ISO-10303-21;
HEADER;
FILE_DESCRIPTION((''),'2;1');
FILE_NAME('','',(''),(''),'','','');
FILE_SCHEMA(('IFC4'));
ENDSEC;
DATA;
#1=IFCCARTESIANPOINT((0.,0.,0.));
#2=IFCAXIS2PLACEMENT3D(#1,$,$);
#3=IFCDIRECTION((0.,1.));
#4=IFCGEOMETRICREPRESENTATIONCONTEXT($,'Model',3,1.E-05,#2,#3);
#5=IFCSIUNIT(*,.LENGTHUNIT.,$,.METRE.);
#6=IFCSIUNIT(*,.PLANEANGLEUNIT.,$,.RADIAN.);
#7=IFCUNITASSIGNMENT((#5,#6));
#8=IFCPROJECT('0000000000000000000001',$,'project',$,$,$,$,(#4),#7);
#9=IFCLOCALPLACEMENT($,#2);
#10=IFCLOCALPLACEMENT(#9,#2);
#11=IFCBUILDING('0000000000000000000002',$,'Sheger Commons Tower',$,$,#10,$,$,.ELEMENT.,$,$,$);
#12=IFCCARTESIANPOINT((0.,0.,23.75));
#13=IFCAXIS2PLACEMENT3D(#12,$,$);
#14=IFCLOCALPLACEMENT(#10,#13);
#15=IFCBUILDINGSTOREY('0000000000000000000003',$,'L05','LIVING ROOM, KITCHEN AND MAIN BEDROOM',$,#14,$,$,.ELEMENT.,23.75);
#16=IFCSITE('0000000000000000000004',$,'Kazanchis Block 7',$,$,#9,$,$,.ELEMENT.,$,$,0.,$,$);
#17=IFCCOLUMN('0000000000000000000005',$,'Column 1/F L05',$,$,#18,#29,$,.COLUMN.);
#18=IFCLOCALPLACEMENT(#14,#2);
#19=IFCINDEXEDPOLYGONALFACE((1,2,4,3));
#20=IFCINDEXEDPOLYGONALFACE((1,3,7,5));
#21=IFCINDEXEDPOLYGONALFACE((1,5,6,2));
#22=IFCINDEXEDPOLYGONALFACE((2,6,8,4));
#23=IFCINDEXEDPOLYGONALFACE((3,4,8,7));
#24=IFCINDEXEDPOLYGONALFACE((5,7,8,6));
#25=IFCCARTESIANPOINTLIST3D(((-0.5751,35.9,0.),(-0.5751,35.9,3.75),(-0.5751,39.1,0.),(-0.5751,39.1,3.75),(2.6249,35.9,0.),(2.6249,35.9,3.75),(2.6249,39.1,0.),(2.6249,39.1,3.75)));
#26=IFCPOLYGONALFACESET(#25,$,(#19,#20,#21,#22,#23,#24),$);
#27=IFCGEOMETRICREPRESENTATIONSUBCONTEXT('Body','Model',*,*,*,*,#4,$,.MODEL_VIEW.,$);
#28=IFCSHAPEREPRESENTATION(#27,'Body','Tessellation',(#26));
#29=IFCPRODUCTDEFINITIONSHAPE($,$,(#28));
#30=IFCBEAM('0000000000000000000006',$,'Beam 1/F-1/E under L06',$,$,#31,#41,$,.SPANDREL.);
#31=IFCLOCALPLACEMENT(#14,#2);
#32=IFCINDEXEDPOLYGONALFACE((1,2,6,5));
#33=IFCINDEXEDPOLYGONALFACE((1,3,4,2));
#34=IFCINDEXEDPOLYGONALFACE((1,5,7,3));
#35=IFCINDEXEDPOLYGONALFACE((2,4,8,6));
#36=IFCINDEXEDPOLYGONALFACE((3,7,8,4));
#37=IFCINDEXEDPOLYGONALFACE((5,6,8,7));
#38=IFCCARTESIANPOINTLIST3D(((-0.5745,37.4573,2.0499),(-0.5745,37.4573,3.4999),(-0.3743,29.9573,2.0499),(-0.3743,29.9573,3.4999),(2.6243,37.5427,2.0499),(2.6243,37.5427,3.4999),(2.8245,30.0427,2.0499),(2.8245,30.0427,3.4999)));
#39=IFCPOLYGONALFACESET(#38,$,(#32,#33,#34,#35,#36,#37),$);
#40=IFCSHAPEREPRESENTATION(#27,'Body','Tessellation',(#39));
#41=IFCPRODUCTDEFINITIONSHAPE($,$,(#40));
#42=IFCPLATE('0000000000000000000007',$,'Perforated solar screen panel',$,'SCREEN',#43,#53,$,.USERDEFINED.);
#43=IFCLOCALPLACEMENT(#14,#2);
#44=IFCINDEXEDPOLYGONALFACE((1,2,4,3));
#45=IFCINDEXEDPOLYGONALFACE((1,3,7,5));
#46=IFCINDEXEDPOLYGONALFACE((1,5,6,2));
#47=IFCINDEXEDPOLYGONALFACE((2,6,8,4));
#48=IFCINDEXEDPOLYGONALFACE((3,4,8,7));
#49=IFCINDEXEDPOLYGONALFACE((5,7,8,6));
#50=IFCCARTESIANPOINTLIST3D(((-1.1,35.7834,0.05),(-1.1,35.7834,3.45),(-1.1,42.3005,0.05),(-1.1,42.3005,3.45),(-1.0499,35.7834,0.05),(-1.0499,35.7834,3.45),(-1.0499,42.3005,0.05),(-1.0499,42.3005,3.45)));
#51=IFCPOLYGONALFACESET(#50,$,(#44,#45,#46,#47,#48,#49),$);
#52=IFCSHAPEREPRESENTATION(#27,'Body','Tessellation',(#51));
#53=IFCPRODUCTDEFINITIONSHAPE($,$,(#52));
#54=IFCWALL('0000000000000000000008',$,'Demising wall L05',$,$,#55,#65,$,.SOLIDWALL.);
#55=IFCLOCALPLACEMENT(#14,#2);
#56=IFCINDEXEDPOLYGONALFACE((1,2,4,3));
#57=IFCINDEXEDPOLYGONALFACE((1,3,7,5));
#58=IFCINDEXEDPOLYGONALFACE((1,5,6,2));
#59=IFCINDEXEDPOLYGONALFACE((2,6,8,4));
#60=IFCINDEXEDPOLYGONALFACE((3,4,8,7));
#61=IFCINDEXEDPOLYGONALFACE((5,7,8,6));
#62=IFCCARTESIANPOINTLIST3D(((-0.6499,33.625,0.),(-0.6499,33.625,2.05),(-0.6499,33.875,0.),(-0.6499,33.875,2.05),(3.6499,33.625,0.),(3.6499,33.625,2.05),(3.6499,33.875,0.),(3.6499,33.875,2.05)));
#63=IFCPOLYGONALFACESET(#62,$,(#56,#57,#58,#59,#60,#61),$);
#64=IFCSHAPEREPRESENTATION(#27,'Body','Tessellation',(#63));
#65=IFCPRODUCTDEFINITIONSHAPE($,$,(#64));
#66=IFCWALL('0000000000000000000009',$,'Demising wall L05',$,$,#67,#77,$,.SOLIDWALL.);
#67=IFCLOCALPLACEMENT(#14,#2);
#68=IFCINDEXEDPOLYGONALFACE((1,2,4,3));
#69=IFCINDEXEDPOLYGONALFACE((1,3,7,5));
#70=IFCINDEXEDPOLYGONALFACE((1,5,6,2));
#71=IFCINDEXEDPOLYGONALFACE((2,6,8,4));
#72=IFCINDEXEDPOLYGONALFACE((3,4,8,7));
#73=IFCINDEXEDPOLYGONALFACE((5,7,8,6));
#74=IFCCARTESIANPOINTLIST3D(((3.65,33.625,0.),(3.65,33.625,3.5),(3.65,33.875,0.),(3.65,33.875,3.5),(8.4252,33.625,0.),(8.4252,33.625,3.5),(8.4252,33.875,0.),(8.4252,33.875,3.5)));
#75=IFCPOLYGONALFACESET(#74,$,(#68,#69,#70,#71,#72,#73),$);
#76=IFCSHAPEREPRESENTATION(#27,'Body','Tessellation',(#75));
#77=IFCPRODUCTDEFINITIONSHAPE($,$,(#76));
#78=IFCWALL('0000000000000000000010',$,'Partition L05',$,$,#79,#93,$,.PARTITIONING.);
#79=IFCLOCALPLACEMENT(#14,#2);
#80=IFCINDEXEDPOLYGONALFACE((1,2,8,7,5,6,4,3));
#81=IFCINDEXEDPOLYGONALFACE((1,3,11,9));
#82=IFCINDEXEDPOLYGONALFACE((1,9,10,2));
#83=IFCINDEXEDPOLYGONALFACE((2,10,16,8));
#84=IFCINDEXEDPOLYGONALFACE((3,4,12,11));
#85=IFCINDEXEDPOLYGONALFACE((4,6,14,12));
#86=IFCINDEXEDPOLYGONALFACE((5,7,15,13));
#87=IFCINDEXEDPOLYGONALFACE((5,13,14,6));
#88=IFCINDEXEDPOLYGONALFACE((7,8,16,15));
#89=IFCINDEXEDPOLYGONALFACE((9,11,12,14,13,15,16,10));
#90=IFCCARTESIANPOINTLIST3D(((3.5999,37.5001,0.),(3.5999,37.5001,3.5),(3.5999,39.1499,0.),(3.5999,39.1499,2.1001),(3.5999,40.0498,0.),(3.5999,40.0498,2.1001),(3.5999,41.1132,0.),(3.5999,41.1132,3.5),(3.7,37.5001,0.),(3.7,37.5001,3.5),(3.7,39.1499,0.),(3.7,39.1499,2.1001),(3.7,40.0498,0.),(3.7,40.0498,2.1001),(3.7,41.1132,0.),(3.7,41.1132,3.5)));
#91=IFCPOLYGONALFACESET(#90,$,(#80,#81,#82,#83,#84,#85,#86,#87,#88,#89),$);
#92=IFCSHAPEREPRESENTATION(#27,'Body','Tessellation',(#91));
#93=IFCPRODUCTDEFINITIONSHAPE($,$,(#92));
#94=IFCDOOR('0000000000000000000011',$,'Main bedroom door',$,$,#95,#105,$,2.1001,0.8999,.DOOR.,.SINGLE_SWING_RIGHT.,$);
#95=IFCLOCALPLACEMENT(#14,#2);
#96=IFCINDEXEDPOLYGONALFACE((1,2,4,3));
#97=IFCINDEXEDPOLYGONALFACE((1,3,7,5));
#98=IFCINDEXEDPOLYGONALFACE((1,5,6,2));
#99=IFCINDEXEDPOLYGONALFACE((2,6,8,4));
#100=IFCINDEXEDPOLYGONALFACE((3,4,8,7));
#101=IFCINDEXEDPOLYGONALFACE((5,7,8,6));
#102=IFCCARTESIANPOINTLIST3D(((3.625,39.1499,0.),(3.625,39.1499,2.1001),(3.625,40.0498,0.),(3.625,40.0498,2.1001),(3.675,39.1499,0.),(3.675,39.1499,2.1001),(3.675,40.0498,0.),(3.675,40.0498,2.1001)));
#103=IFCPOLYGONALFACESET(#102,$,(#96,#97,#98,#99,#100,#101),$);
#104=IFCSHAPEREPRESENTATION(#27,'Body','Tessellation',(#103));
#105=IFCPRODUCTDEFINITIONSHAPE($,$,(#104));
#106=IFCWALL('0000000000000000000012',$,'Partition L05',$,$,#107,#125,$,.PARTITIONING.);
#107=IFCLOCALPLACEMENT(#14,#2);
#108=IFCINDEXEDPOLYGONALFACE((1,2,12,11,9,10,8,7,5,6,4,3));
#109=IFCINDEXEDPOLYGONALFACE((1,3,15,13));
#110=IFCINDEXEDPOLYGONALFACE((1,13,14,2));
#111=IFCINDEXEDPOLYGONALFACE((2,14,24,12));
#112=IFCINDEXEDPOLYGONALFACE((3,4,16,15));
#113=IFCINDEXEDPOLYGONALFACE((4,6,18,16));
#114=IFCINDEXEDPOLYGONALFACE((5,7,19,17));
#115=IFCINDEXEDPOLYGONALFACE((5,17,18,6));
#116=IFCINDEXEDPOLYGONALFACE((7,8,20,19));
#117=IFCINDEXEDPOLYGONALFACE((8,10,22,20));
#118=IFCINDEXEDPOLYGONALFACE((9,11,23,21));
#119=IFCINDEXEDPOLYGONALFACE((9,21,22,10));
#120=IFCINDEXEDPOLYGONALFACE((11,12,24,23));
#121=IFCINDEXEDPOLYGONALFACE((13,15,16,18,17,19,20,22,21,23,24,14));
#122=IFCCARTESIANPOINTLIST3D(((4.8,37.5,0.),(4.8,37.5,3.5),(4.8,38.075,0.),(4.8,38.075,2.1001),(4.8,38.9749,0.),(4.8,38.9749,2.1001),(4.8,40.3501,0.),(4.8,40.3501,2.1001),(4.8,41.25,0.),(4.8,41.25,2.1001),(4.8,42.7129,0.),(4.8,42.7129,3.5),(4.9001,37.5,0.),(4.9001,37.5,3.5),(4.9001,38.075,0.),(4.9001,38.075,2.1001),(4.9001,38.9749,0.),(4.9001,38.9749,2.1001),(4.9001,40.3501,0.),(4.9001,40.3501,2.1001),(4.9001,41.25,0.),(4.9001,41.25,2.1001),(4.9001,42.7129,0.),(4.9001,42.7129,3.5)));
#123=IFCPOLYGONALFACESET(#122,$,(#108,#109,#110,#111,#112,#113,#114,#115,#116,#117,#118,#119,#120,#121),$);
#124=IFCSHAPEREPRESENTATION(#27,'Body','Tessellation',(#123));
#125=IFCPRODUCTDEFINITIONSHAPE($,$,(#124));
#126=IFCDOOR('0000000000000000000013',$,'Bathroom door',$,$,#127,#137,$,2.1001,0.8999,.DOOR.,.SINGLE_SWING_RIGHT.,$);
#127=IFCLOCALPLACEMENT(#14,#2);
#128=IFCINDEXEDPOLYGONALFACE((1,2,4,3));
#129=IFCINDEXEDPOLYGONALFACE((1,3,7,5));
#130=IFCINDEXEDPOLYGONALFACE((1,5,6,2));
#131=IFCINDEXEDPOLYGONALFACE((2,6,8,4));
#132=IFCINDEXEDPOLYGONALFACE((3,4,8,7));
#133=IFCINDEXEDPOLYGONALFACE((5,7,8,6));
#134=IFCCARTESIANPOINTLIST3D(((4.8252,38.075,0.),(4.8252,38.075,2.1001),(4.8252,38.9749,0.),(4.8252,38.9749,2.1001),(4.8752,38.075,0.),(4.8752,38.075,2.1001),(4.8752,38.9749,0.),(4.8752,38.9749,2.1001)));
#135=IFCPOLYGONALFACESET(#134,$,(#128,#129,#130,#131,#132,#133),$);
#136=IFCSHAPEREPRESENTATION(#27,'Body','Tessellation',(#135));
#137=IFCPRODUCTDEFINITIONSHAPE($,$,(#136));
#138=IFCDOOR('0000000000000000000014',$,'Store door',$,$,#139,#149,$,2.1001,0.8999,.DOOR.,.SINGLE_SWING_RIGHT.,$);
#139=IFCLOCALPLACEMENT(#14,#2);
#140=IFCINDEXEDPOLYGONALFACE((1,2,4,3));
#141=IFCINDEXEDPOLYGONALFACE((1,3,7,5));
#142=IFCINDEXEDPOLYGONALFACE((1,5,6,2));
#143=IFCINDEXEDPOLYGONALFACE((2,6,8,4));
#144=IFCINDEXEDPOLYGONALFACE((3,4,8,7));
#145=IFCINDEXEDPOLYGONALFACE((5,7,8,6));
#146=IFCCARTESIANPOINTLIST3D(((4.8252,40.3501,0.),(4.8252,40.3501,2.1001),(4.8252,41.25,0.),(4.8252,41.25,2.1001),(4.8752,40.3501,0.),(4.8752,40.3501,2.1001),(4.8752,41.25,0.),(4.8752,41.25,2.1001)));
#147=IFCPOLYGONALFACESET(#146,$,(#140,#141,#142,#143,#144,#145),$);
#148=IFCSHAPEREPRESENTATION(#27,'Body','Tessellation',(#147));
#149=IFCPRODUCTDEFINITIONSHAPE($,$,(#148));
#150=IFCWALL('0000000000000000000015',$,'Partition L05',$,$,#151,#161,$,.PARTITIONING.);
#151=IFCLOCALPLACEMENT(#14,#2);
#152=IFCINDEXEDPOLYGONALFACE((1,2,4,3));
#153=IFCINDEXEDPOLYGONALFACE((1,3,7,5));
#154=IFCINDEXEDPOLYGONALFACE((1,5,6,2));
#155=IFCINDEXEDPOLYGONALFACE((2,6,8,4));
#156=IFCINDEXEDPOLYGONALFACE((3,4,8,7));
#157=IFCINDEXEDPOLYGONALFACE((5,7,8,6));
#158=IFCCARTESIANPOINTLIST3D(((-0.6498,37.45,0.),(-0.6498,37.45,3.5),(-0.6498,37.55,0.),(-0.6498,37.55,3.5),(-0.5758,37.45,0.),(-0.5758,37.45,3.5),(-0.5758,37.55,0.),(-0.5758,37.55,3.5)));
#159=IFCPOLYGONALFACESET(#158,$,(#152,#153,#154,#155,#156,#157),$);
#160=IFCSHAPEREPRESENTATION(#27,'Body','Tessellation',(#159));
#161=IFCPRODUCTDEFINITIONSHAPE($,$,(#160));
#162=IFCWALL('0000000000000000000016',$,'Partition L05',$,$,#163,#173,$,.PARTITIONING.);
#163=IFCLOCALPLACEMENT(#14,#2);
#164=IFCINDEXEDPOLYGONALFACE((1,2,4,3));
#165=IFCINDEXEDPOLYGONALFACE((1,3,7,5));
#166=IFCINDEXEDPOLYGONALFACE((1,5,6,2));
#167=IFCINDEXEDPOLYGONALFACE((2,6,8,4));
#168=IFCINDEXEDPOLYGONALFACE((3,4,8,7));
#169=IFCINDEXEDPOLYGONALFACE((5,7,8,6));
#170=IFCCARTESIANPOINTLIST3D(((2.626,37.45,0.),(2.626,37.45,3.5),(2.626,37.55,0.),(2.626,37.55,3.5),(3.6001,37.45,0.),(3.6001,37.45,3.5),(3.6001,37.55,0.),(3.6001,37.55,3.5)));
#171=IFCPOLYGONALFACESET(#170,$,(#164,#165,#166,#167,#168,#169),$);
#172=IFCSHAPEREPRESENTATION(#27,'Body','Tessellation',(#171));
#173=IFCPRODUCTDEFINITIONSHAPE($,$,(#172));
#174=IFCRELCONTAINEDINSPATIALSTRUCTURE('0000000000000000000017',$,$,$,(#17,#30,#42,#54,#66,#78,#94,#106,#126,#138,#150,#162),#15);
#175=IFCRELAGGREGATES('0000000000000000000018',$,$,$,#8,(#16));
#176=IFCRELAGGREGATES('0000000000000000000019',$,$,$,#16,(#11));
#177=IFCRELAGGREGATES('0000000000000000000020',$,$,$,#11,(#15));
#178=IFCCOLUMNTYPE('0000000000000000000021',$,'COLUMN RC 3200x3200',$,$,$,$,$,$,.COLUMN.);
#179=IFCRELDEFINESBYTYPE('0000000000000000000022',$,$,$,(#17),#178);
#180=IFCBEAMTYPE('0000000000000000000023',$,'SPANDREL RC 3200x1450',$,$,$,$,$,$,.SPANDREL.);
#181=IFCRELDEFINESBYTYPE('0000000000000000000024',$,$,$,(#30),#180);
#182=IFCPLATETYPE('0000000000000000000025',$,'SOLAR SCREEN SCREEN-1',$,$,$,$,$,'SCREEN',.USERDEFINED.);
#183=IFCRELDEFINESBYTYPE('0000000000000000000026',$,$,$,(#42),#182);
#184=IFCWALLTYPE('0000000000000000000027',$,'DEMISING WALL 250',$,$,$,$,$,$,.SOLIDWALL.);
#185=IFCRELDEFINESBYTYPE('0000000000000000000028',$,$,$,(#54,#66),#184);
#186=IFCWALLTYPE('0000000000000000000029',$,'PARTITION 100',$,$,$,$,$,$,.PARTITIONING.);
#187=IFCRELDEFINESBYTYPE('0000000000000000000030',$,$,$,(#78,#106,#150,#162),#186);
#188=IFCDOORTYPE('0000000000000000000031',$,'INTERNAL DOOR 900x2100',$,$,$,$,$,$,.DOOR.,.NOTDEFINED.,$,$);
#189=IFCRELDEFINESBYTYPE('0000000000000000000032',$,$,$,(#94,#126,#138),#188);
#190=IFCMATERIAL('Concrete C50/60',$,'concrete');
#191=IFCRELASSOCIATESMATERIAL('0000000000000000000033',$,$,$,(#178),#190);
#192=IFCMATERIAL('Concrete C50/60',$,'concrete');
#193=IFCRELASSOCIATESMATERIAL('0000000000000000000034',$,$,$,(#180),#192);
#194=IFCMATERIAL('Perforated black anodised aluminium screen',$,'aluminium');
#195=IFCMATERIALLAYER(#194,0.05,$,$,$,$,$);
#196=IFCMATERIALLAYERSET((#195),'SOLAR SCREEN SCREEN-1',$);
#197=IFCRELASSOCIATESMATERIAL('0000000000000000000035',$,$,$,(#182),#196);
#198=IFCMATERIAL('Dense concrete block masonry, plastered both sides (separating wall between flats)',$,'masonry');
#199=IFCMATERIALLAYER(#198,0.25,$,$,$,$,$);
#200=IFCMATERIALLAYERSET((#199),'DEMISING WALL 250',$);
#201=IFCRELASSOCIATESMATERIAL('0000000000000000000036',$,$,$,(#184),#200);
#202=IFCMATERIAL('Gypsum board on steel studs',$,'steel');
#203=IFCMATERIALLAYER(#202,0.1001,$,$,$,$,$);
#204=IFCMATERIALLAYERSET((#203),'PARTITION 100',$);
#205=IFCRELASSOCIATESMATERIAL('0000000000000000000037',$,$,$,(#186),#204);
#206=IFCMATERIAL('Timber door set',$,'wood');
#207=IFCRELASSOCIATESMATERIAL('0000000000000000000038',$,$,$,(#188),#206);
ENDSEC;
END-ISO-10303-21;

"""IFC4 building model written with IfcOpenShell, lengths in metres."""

from ifc_helpers import new_model, si_unit, direction, frame, frame_2d, origin, origin_2d, place, context, subcontext, project, spatial, rectangle, extrude, material, layer, layer_set, material_profile, profile_set, type_object, element, fill, save


model = new_model("IFC4")

# Units and contexts
model_context = context("Model", 3, precision=1e-05, world=origin(), true_north=direction((0.0, 1.0)))
body_context = subcontext(model_context, "Body", "Model", "MODEL_VIEW")
ifc_project = project(units=[si_unit("LENGTHUNIT", "METRE"), si_unit("PLANEANGLEUNIT", "RADIAN")], contexts=[model_context])

# Site, building, storey
site_placement = place(None, origin())
site = spatial("IfcSite", under=ifc_project, at=site_placement, Name="Kazanchis Block 7", CompositionType="ELEMENT", RefElevation=0.0)
building_placement = place(site_placement, origin())
building = spatial("IfcBuilding", under=site, at=building_placement, Name="Sheger Commons Tower", CompositionType="ELEMENT")
storey_placement = place(building_placement, frame((0.0, 0.0, 23.75)))
storey = spatial("IfcBuildingStorey", under=building, at=storey_placement, Name="L05", Description="LIVING ROOM, KITCHEN AND MAIN BEDROOM", CompositionType="ELEMENT", Elevation=23.75)

# Column
ifc_material_1 = material(Name="Concrete C50/60", Category="concrete")
ifc_material_profile_1 = material_profile(ifc_material_1, rectangle(XDim=3.2, YDim=3.2, at=origin_2d()), Name="RC 3200x3200")
ifc_profile_set_1 = profile_set([ifc_material_profile_1], Name="Concrete C50/60")
column_type = type_object("IfcColumnType", Name="COLUMN RC 3200x3200", PredefinedType="COLUMN", material=ifc_profile_set_1)
column_placement = place(storey_placement, frame((1.0249, 37.5, 0.0), z_axis=(0.0, 0.0, 1.0), x_axis=(1.0, 0.0, 0.0)))
element("IfcColumn", 1, at=column_placement, inside=storey, type_object=column_type, Name="Column 1/F L05", PredefinedType="COLUMN", context=body_context, shape_type="SweptSolid", body=[
    extrude(rectangle(XDim=3.2, YDim=3.2, at=origin_2d()), origin(), (0.0, 0.0, 1.0), 3.75),
])

# Beam
ifc_material_2 = material(Name="Concrete C50/60", Category="concrete")
ifc_material_profile_2 = material_profile(ifc_material_2, rectangle(XDim=3.2, YDim=1.45, at=origin_2d()), Name="RC 3200x1450")
ifc_profile_set_2 = profile_set([ifc_material_profile_2], Name="Concrete C50/60")
beam_type = type_object("IfcBeamType", Name="SPANDREL RC 3200x1450", PredefinedType="SPANDREL", material=ifc_profile_set_2)
beam_placement = place(storey_placement, frame((1.0249, 37.5, 2.7749), z_axis=(0.026683, -0.999644, 0.0), x_axis=(0.999644, 0.026683, 0.0)))
element("IfcBeam", 2, at=beam_placement, inside=storey, type_object=beam_type, Name="Beam 1/F-1/E under L06", PredefinedType="SPANDREL", context=body_context, shape_type="SweptSolid", body=[
    extrude(rectangle(XDim=3.2, YDim=1.45, at=origin_2d()), origin(), (0.0, 0.0, 1.0), 7.5027),
])

# Plate
ifc_material_3 = material(Name="Perforated black anodised aluminium screen", Category="aluminium")
ifc_layer_1 = layer(ifc_material_3, 0.05)
ifc_layer_set_1 = layer_set([ifc_layer_1], Name="SOLAR SCREEN SCREEN-1")
plate_type = type_object("IfcPlateType", Name="SOLAR SCREEN SCREEN-1", ElementType="SCREEN", PredefinedType="USERDEFINED", material=ifc_layer_set_1)
plate_placement = place(storey_placement, frame((-1.075, 39.042, 0.05), z_axis=(0.0, 0.0, 1.0), x_axis=(0.0, -1.0, 0.0)))
element("IfcPlate", 3, at=plate_placement, inside=storey, type_object=plate_type, Name="Perforated solar screen panel", ObjectType="SCREEN", PredefinedType="USERDEFINED", context=body_context, shape_type="SweptSolid", body=[
    extrude(rectangle(XDim=6.5171, YDim=0.05, at=origin_2d()), origin(), (0.0, 0.0, 1.0), 3.3999),
])

# Walls
ifc_material_4 = material(Name="Dense concrete block masonry, plastered both sides (separating wall between flats)", Category="masonry")
ifc_layer_2 = layer(ifc_material_4, 0.25)
ifc_layer_set_2 = layer_set([ifc_layer_2], Name="DEMISING WALL 250")
wall_type_1 = type_object("IfcWallType", Name="DEMISING WALL 250", PredefinedType="SOLIDWALL", material=ifc_layer_set_2)
wall_1_placement = place(storey_placement, frame((-0.6499, 33.75, 0.0), z_axis=(0.0, 0.0, 1.0), x_axis=(1.0, 0.0, 0.0)))
element("IfcWall", 4, at=wall_1_placement, inside=storey, type_object=wall_type_1, Name="Demising wall L05", PredefinedType="SOLIDWALL", context=body_context, shape_type="SweptSolid", body=[
    extrude(rectangle(XDim=4.2998, YDim=0.25, at=frame_2d((2.1499, 0.0))), origin(), (0.0, 0.0, 1.0), 2.05),
])
wall_2_placement = place(storey_placement, frame((3.6499, 33.75, 0.0), z_axis=(0.0, 0.0, 1.0), x_axis=(1.0, 0.0, 0.0)))
element("IfcWall", 5, at=wall_2_placement, inside=storey, type_object=wall_type_1, Name="Demising wall L05", PredefinedType="SOLIDWALL", context=body_context, shape_type="SweptSolid", body=[
    extrude(rectangle(XDim=4.7751, YDim=0.25, at=frame_2d((2.3877, 0.0))), origin(), (0.0, 0.0, 1.0), 3.5),
])

# Wall, opening, door
ifc_material_5 = material(Name="Gypsum board on steel studs", Category="steel")
ifc_layer_3 = layer(ifc_material_5, 0.1001)
ifc_layer_set_3 = layer_set([ifc_layer_3], Name="PARTITION 100")
wall_type_2 = type_object("IfcWallType", Name="PARTITION 100", PredefinedType="PARTITIONING", material=ifc_layer_set_3)
wall_3_placement = place(storey_placement, frame((3.6499, 37.5, 0.0), z_axis=(0.0, 0.0, 1.0), x_axis=(0.0, 1.0, 0.0)))
wall_3 = element("IfcWall", 6, at=wall_3_placement, inside=storey, type_object=wall_type_2, Name="Partition L05", PredefinedType="PARTITIONING", context=body_context, shape_type="SweptSolid", body=[
    extrude(rectangle(XDim=3.613, YDim=0.1001, at=frame_2d((1.8066, 0.0))), origin(), (0.0, 0.0, 1.0), 3.5),
])
opening_1_placement = place(wall_3_placement, frame((1.6499, 0.0, 0.0)))
opening_1 = element("IfcOpeningElement", 7, at=opening_1_placement, cuts=wall_3, PredefinedType="OPENING", context=body_context, shape_type="SweptSolid", body=[
    extrude(rectangle(XDim=0.8999, YDim=2.1001, at=frame_2d((0.45, 1.05))), frame((0.0, 0.0601, 0.0), z_axis=(0.0, -1.0, 0.0), x_axis=(1.0, 0.0, 0.0)), (0.0, 0.0, 1.0), 0.1201),
])
ifc_material_6 = material(Name="Timber door set", Category="wood")
door_type = type_object("IfcDoorType", Name="INTERNAL DOOR 900x2100", OperationType="NOTDEFINED", PredefinedType="DOOR", material=ifc_material_6)
door_1_placement = place(opening_1_placement, origin())
door_1 = element("IfcDoor", 8, at=door_1_placement, inside=storey, type_object=door_type, Name="Main bedroom door", OperationType="SINGLE_SWING_RIGHT", OverallHeight=2.1001, OverallWidth=0.8999, PredefinedType="DOOR", context=body_context, shape_type="SweptSolid", body=[
    extrude(rectangle(XDim=0.8999, YDim=2.1001, at=frame_2d((0.45, 1.05))), frame((0.0, 0.0249, 0.0), z_axis=(0.0, -1.0, 0.0), x_axis=(1.0, 0.0, 0.0)), (0.0, 0.0, 1.0), 0.05),
])
fill(opening_1, door_1)

# Wall, openings, doors
wall_4_placement = place(storey_placement, frame((4.8501, 37.5, 0.0), z_axis=(0.0, 0.0, 1.0), x_axis=(0.0, 1.0, 0.0)))
wall_4 = element("IfcWall", 9, at=wall_4_placement, inside=storey, type_object=wall_type_2, Name="Partition L05", PredefinedType="PARTITIONING", context=body_context, shape_type="SweptSolid", body=[
    extrude(rectangle(XDim=5.2129, YDim=0.1001, at=frame_2d((2.6064, 0.0))), origin(), (0.0, 0.0, 1.0), 3.5),
])
opening_2_placement = place(wall_4_placement, frame((0.575, 0.0, 0.0)))
opening_2 = element("IfcOpeningElement", 10, at=opening_2_placement, cuts=wall_4, PredefinedType="OPENING", context=body_context, shape_type="SweptSolid", body=[
    extrude(rectangle(XDim=0.8999, YDim=2.1001, at=frame_2d((0.45, 1.05))), frame((0.0, 0.0601, 0.0), z_axis=(0.0, -1.0, 0.0), x_axis=(1.0, 0.0, 0.0)), (0.0, 0.0, 1.0), 0.1201),
])
opening_3_placement = place(wall_4_placement, frame((2.8501, 0.0, 0.0)))
opening_3 = element("IfcOpeningElement", 11, at=opening_3_placement, cuts=wall_4, PredefinedType="OPENING", context=body_context, shape_type="SweptSolid", body=[
    extrude(rectangle(XDim=0.8999, YDim=2.1001, at=frame_2d((0.45, 1.05))), frame((0.0, 0.0601, 0.0), z_axis=(0.0, -1.0, 0.0), x_axis=(1.0, 0.0, 0.0)), (0.0, 0.0, 1.0), 0.1201),
])
door_2_placement = place(opening_2_placement, origin())
door_2 = element("IfcDoor", 12, at=door_2_placement, inside=storey, type_object=door_type, Name="Bathroom door", OperationType="SINGLE_SWING_RIGHT", OverallHeight=2.1001, OverallWidth=0.8999, PredefinedType="DOOR", context=body_context, shape_type="SweptSolid", body=[
    extrude(rectangle(XDim=0.8999, YDim=2.1001, at=frame_2d((0.45, 1.05))), frame((0.0, 0.0249, 0.0), z_axis=(0.0, -1.0, 0.0), x_axis=(1.0, 0.0, 0.0)), (0.0, 0.0, 1.0), 0.05),
])
fill(opening_2, door_2)
door_3_placement = place(opening_3_placement, origin())
door_3 = element("IfcDoor", 13, at=door_3_placement, inside=storey, type_object=door_type, Name="Store door", OperationType="SINGLE_SWING_RIGHT", OverallHeight=2.1001, OverallWidth=0.8999, PredefinedType="DOOR", context=body_context, shape_type="SweptSolid", body=[
    extrude(rectangle(XDim=0.8999, YDim=2.1001, at=frame_2d((0.45, 1.05))), frame((0.0, 0.0249, 0.0), z_axis=(0.0, -1.0, 0.0), x_axis=(1.0, 0.0, 0.0)), (0.0, 0.0, 1.0), 0.05),
])
fill(opening_3, door_3)

# Walls
wall_5_placement = place(storey_placement, frame((-0.6499, 37.5, 0.0), z_axis=(0.0, 0.0, 1.0), x_axis=(1.0, 0.0, 0.0)))
element("IfcWall", 14, at=wall_5_placement, inside=storey, type_object=wall_type_2, Name="Partition L05", PredefinedType="PARTITIONING", context=body_context, shape_type="SweptSolid", body=[
    extrude(rectangle(XDim=0.074, YDim=0.1001, at=frame_2d((0.0371, 0.0))), origin(), (0.0, 0.0, 1.0), 3.5),
])
wall_6_placement = place(storey_placement, frame((2.626, 37.5, 0.0), z_axis=(0.0, 0.0, 1.0), x_axis=(1.0, 0.0, 0.0)))
element("IfcWall", 15, at=wall_6_placement, inside=storey, type_object=wall_type_2, Name="Partition L05", PredefinedType="PARTITIONING", context=body_context, shape_type="SweptSolid", body=[
    extrude(rectangle(XDim=0.9741, YDim=0.1001, at=frame_2d((0.4871, 0.0))), origin(), (0.0, 0.0, 1.0), 3.5),
])

save(model, "model.ifc")
